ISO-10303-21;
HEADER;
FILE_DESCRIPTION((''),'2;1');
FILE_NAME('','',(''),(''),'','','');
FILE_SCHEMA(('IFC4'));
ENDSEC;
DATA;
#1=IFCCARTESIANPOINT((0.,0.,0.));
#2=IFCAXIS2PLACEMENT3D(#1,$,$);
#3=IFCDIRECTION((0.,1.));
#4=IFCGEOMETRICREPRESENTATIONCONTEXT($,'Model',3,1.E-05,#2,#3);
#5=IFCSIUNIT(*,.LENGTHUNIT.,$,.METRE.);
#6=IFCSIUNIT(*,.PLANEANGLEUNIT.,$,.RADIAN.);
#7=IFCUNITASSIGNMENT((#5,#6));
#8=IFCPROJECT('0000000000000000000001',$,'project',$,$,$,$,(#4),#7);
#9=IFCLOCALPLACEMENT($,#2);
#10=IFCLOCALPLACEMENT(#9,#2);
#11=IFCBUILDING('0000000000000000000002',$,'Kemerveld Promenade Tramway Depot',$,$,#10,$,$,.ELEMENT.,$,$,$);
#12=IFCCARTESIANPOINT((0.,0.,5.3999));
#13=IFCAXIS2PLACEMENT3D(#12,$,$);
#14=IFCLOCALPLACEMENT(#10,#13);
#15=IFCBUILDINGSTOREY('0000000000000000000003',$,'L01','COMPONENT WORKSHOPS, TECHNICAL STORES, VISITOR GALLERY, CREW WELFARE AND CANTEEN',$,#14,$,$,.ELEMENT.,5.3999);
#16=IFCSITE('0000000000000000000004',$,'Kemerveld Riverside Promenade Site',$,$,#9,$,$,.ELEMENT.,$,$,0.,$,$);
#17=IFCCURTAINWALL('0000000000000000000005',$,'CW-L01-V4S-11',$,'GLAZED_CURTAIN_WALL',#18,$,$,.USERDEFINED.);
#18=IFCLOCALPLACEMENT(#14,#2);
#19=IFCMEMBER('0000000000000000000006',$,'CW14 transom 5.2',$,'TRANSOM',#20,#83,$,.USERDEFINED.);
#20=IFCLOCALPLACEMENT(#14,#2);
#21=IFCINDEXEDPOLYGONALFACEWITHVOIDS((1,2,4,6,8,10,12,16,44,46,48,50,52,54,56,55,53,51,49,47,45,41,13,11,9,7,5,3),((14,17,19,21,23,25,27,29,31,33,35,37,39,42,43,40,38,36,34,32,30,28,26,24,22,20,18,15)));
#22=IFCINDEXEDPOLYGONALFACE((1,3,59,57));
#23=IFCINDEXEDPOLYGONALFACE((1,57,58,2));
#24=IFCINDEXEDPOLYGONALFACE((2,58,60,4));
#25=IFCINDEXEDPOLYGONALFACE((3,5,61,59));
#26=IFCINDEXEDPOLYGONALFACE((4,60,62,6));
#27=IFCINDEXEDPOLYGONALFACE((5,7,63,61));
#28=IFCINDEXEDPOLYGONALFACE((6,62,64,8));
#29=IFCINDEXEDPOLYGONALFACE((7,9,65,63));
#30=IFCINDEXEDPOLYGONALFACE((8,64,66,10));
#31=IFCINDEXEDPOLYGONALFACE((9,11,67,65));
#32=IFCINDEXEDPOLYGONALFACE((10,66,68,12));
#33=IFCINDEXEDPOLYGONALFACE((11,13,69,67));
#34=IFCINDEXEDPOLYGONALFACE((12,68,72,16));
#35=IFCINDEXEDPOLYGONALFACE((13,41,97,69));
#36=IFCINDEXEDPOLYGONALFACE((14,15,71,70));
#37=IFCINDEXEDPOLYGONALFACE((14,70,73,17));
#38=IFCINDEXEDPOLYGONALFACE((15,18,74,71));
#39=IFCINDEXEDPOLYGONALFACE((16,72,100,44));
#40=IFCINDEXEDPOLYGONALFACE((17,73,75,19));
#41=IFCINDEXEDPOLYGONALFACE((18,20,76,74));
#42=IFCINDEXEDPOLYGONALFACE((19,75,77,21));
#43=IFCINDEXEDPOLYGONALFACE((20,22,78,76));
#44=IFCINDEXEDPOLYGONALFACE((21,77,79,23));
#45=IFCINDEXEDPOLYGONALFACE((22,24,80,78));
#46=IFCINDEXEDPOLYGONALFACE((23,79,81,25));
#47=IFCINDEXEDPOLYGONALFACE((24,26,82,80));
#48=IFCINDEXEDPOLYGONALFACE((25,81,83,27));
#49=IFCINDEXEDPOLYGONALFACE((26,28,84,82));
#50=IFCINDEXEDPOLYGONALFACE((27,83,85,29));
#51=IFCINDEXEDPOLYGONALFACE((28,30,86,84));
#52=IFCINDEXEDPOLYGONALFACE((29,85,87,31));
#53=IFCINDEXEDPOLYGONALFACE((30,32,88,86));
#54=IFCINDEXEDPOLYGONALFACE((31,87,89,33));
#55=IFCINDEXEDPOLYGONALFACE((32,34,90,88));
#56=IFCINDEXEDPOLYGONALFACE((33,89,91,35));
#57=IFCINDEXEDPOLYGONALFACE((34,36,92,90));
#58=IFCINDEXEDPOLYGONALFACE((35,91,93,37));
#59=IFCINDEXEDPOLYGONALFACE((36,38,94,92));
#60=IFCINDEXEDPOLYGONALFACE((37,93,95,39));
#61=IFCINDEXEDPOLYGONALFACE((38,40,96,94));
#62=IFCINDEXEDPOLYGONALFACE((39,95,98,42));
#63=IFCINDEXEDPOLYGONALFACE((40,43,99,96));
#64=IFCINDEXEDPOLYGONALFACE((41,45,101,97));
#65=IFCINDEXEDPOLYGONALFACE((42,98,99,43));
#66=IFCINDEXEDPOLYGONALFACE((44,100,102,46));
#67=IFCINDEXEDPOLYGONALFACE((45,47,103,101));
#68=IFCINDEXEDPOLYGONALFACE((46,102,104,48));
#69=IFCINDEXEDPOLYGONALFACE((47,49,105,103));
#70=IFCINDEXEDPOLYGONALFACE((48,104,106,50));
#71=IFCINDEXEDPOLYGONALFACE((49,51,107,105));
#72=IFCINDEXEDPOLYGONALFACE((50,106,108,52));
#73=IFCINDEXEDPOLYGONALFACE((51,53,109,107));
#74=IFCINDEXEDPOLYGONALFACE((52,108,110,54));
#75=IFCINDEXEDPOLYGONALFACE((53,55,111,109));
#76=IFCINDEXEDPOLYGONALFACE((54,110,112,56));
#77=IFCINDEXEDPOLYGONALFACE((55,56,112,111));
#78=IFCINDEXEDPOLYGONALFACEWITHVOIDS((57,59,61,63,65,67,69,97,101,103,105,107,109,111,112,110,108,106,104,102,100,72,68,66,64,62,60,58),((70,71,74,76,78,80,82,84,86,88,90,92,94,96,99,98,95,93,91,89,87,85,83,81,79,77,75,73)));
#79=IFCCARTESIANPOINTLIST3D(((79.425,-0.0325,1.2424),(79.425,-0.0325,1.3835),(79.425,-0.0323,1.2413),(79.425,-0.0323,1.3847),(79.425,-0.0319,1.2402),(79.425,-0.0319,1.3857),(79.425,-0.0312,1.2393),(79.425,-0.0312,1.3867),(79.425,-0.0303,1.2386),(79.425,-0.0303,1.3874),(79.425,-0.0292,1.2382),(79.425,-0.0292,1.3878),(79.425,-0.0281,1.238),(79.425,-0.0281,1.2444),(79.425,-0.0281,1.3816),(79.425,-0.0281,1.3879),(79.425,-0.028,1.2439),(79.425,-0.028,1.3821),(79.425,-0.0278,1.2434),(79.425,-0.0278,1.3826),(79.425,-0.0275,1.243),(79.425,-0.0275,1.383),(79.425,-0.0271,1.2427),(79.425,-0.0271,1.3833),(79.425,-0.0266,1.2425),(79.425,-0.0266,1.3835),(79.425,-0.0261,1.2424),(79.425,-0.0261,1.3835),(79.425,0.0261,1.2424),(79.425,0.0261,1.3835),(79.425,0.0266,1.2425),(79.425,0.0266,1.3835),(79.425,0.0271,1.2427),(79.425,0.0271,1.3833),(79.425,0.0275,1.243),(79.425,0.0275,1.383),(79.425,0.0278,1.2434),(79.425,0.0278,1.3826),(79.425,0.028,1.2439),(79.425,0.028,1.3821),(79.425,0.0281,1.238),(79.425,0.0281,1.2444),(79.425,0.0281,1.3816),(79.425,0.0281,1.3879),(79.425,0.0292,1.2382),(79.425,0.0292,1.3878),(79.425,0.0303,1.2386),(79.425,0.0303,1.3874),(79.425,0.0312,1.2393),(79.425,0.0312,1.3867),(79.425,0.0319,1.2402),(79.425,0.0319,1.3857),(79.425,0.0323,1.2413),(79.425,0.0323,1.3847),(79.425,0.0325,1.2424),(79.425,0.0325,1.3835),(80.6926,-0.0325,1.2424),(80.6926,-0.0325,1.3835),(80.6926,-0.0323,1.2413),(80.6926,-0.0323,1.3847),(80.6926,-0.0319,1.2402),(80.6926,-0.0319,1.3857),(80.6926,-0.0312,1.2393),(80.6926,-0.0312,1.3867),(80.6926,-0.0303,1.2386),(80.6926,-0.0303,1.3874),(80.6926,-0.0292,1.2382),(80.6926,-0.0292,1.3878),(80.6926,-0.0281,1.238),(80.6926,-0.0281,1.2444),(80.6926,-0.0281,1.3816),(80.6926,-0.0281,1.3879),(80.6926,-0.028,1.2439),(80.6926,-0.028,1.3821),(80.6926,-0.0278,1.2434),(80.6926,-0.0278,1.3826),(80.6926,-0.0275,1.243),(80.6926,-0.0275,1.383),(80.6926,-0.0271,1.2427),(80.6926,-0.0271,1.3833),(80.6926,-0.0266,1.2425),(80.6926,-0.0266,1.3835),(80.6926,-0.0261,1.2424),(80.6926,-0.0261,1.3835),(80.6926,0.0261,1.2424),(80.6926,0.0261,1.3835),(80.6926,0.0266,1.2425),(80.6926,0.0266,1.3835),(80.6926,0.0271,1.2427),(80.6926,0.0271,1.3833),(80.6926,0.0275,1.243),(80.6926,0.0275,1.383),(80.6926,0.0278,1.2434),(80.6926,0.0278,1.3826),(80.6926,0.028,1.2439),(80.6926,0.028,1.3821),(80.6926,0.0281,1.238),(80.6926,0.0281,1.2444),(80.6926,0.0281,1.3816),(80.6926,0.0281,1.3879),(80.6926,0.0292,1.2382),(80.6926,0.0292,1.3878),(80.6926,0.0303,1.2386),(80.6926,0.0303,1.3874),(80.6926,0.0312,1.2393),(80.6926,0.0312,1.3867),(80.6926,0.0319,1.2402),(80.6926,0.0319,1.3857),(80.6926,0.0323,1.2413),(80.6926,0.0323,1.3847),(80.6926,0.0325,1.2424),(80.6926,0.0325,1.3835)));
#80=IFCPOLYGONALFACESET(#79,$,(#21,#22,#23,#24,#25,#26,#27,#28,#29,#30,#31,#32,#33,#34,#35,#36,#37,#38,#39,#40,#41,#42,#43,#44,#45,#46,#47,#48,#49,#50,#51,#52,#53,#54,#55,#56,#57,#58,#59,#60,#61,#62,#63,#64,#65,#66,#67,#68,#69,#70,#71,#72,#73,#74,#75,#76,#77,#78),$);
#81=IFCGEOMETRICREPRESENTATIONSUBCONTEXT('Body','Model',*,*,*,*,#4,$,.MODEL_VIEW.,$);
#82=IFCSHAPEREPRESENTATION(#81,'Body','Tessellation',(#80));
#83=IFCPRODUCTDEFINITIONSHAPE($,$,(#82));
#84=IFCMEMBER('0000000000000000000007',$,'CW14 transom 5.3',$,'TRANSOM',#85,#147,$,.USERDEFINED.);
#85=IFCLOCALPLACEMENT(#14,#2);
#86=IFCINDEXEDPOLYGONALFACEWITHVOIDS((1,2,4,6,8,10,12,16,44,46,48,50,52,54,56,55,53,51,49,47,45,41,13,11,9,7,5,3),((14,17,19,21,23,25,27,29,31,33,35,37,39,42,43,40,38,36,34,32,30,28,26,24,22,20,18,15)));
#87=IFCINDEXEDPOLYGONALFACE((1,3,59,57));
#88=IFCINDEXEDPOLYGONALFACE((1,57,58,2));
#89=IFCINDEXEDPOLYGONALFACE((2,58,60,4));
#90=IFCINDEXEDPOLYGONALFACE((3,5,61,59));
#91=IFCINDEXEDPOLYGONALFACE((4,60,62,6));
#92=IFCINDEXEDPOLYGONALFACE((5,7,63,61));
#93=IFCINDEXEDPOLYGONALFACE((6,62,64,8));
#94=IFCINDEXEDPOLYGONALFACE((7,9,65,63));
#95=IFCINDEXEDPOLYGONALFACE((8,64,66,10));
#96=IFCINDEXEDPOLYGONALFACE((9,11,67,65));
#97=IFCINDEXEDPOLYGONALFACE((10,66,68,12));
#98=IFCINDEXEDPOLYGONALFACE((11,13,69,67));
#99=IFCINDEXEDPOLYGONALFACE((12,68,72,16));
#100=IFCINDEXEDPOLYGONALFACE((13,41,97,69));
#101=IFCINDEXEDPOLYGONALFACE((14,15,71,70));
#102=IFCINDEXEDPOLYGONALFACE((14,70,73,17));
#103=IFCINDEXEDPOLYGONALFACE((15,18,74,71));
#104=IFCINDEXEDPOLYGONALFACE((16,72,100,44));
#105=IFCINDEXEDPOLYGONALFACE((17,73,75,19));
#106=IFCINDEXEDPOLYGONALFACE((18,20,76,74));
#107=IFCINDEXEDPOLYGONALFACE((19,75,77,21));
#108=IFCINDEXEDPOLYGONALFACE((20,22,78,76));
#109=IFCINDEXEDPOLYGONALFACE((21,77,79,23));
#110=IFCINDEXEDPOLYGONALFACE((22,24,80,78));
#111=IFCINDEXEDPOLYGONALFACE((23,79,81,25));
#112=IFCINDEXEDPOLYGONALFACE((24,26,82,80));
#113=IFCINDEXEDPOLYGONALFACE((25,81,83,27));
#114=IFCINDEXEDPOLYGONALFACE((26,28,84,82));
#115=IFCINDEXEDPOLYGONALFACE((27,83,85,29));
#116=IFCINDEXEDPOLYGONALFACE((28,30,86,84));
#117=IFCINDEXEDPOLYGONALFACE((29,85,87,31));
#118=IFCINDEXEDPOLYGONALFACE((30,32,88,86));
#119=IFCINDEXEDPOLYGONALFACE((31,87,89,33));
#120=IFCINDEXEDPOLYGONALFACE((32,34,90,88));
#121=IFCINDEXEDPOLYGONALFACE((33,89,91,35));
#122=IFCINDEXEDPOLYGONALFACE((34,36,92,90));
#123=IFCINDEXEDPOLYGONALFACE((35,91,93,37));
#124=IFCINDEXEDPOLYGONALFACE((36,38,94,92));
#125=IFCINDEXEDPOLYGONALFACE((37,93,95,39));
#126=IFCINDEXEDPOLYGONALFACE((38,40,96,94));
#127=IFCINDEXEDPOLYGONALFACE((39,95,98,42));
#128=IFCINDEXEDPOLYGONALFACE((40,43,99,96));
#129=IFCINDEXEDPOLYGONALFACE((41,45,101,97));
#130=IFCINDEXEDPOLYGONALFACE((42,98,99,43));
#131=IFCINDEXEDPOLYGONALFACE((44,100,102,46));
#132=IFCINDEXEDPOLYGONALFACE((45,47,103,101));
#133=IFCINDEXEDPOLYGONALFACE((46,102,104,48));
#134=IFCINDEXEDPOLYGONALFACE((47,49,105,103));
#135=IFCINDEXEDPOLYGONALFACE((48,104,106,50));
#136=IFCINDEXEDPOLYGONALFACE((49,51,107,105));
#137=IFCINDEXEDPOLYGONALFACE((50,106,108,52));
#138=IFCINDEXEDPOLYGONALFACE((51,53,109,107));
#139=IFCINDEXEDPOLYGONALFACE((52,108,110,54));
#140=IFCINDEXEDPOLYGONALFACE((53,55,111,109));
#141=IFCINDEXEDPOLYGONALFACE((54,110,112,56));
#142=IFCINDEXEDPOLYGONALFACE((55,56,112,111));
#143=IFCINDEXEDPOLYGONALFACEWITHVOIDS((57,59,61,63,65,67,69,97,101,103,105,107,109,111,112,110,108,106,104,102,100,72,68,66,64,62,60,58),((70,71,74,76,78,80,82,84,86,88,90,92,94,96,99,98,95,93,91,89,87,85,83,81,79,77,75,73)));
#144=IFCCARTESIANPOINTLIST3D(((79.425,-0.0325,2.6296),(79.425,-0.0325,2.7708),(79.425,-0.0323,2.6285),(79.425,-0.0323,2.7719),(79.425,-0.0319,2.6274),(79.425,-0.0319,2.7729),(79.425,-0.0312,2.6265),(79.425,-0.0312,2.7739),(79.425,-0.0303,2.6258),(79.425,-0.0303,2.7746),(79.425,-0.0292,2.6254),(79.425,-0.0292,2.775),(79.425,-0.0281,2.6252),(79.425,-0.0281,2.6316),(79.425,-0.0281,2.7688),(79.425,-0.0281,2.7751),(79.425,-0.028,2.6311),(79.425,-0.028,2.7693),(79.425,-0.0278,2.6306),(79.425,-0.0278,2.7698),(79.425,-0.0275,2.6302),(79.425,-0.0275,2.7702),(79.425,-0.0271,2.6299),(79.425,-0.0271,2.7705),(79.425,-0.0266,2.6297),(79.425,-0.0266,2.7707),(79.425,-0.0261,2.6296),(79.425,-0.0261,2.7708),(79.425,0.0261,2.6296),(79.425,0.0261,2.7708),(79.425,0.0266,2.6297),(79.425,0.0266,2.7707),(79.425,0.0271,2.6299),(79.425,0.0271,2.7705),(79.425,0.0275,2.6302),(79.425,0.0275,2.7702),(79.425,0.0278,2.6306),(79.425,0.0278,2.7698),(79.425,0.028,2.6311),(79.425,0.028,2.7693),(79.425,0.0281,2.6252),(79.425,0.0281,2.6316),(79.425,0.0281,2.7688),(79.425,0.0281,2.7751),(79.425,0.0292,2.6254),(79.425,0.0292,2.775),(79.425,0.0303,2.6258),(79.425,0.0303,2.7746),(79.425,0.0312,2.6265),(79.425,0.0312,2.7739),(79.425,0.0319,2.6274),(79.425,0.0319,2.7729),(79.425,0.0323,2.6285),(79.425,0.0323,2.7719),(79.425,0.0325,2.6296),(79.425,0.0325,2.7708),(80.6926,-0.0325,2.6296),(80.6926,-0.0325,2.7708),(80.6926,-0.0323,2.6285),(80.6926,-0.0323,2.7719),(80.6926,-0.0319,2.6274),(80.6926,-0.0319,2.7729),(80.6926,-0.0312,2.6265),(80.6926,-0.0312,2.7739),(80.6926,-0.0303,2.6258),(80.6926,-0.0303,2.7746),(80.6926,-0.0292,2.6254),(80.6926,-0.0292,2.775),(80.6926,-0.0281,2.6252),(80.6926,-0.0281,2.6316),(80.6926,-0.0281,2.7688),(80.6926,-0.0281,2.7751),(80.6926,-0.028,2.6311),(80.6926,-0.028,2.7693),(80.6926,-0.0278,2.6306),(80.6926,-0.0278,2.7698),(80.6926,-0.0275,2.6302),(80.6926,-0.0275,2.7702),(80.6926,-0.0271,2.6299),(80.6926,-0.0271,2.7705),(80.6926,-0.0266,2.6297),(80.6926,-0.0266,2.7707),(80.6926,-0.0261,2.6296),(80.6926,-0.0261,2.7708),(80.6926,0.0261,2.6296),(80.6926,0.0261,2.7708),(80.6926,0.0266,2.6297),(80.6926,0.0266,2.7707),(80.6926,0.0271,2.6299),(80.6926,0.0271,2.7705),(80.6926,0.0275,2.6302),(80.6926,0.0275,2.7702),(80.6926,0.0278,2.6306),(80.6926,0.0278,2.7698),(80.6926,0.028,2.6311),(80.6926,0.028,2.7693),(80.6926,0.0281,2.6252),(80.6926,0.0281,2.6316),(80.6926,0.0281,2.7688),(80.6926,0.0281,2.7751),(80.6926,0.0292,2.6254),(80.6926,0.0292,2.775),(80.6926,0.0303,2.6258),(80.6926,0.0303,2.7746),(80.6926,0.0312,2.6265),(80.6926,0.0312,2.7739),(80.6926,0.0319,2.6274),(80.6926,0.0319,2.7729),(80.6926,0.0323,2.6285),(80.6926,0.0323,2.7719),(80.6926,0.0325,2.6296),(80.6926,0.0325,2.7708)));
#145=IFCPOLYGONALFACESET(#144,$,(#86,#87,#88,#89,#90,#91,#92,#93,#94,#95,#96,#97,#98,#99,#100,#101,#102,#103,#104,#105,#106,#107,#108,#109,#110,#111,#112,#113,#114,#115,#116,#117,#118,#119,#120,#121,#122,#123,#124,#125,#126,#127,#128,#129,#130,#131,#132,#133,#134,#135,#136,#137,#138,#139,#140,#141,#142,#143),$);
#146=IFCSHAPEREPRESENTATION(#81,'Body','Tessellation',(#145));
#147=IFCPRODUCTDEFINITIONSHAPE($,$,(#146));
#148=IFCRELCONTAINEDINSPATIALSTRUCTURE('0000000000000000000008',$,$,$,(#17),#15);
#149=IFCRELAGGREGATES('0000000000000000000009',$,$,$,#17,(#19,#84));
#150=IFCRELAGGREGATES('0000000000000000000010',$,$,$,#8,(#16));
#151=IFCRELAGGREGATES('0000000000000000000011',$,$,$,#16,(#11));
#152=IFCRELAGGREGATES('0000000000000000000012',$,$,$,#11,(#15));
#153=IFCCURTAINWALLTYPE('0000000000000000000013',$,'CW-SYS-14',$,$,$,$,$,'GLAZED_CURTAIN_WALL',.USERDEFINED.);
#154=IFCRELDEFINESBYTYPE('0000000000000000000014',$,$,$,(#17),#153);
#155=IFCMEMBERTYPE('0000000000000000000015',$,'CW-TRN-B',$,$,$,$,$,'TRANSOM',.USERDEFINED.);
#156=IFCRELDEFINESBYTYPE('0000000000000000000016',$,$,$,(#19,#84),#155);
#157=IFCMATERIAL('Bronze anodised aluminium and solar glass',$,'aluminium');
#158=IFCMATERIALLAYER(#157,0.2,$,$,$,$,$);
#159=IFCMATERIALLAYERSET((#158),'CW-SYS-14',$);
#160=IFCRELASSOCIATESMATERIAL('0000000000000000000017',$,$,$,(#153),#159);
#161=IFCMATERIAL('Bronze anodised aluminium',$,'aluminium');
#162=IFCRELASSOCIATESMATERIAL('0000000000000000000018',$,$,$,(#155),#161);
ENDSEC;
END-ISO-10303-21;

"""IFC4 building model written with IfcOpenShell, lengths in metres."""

from ifc_helpers import new_model, si_unit, direction, frame, origin, origin_2d, place, context, subcontext, project, spatial, hollow_rectangle, extrude, material, layer, layer_set, material_profile, profile_set, type_object, element, aggregate, save


model = new_model("IFC4")

# Units and contexts
model_context = context("Model", 3, precision=1e-05, world=origin(), true_north=direction((0.0, 1.0)))
body_context = subcontext(model_context, "Body", "Model", "MODEL_VIEW")
ifc_project = project(units=[si_unit("LENGTHUNIT", "METRE"), si_unit("PLANEANGLEUNIT", "RADIAN")], contexts=[model_context])

# Site, building, storey
site_placement = place(None, origin())
site = spatial("IfcSite", under=ifc_project, at=site_placement, Name="Kemerveld Riverside Promenade Site", CompositionType="ELEMENT", RefElevation=0.0)
building_placement = place(site_placement, origin())
building = spatial("IfcBuilding", under=site, at=building_placement, Name="Kemerveld Promenade Tramway Depot", CompositionType="ELEMENT")
storey_placement = place(building_placement, frame((0.0, 0.0, 5.3999)))
storey = spatial("IfcBuildingStorey", under=building, at=storey_placement, Name="L01", Description="COMPONENT WORKSHOPS, TECHNICAL STORES, VISITOR GALLERY, CREW WELFARE AND CANTEEN", CompositionType="ELEMENT", Elevation=5.3999)

# Curtain wall, members
ifc_material_1 = material(Name="Bronze anodised aluminium and solar glass", Category="aluminium")
ifc_layer_1 = layer(ifc_material_1, 0.2)
ifc_layer_set_1 = layer_set([ifc_layer_1], Name="CW-SYS-14")
curtain_wall_type = type_object("IfcCurtainWallType", Name="CW-SYS-14", ElementType="GLAZED_CURTAIN_WALL", PredefinedType="USERDEFINED", material=ifc_layer_set_1)
curtain_wall_placement = place(storey_placement, origin())
curtain_wall = element("IfcCurtainWall", 1, at=curtain_wall_placement, inside=storey, type_object=curtain_wall_type, Name="CW-L01-V4S-11", ObjectType="GLAZED_CURTAIN_WALL", PredefinedType="USERDEFINED")
ifc_material_2 = material(Name="Bronze anodised aluminium", Category="aluminium")
ifc_material_profile_1 = material_profile(ifc_material_2, hollow_rectangle(XDim=0.0649, YDim=0.1499, WallThickness=0.0044, InnerFilletRadius=0.002, OuterFilletRadius=0.0044, at=origin_2d()), Name="CW-TRN-150x65")
ifc_profile_set_1 = profile_set([ifc_material_profile_1], Name="Bronze anodised aluminium")
member_type_1 = type_object("IfcMemberType", Name="CW-TRN-B", ElementType="TRANSOM", PredefinedType="USERDEFINED", material=ifc_profile_set_1)
member_1_placement = place(storey_placement, frame((80.6926, 0.0, 1.313), z_axis=(-1.0, 0.0, 0.0), x_axis=(0.0, -1.0, 0.0)))
member_1 = element("IfcMember", 2, at=member_1_placement, type_object=member_type_1, Name="CW14 transom 5.2", ObjectType="TRANSOM", PredefinedType="USERDEFINED", context=body_context, shape_type="SweptSolid", body=[
    extrude(hollow_rectangle(XDim=0.0649, YDim=0.1499, WallThickness=0.0044, InnerFilletRadius=0.002, OuterFilletRadius=0.0044, at=origin_2d()), origin(), (0.0, 0.0, 1.0), 1.2676),
])
member_2_placement = place(storey_placement, frame((80.6926, 0.0, 2.7002), z_axis=(-1.0, 0.0, 0.0), x_axis=(0.0, -1.0, 0.0)))
member_2 = element("IfcMember", 3, at=member_2_placement, type_object=member_type_1, Name="CW14 transom 5.3", ObjectType="TRANSOM", PredefinedType="USERDEFINED", context=body_context, shape_type="SweptSolid", body=[
    extrude(hollow_rectangle(XDim=0.0649, YDim=0.1499, WallThickness=0.0044, InnerFilletRadius=0.002, OuterFilletRadius=0.0044, at=origin_2d()), origin(), (0.0, 0.0, 1.0), 1.2676),
])
aggregate(curtain_wall, [member_1, member_2])

save(model, "model.ifc")
